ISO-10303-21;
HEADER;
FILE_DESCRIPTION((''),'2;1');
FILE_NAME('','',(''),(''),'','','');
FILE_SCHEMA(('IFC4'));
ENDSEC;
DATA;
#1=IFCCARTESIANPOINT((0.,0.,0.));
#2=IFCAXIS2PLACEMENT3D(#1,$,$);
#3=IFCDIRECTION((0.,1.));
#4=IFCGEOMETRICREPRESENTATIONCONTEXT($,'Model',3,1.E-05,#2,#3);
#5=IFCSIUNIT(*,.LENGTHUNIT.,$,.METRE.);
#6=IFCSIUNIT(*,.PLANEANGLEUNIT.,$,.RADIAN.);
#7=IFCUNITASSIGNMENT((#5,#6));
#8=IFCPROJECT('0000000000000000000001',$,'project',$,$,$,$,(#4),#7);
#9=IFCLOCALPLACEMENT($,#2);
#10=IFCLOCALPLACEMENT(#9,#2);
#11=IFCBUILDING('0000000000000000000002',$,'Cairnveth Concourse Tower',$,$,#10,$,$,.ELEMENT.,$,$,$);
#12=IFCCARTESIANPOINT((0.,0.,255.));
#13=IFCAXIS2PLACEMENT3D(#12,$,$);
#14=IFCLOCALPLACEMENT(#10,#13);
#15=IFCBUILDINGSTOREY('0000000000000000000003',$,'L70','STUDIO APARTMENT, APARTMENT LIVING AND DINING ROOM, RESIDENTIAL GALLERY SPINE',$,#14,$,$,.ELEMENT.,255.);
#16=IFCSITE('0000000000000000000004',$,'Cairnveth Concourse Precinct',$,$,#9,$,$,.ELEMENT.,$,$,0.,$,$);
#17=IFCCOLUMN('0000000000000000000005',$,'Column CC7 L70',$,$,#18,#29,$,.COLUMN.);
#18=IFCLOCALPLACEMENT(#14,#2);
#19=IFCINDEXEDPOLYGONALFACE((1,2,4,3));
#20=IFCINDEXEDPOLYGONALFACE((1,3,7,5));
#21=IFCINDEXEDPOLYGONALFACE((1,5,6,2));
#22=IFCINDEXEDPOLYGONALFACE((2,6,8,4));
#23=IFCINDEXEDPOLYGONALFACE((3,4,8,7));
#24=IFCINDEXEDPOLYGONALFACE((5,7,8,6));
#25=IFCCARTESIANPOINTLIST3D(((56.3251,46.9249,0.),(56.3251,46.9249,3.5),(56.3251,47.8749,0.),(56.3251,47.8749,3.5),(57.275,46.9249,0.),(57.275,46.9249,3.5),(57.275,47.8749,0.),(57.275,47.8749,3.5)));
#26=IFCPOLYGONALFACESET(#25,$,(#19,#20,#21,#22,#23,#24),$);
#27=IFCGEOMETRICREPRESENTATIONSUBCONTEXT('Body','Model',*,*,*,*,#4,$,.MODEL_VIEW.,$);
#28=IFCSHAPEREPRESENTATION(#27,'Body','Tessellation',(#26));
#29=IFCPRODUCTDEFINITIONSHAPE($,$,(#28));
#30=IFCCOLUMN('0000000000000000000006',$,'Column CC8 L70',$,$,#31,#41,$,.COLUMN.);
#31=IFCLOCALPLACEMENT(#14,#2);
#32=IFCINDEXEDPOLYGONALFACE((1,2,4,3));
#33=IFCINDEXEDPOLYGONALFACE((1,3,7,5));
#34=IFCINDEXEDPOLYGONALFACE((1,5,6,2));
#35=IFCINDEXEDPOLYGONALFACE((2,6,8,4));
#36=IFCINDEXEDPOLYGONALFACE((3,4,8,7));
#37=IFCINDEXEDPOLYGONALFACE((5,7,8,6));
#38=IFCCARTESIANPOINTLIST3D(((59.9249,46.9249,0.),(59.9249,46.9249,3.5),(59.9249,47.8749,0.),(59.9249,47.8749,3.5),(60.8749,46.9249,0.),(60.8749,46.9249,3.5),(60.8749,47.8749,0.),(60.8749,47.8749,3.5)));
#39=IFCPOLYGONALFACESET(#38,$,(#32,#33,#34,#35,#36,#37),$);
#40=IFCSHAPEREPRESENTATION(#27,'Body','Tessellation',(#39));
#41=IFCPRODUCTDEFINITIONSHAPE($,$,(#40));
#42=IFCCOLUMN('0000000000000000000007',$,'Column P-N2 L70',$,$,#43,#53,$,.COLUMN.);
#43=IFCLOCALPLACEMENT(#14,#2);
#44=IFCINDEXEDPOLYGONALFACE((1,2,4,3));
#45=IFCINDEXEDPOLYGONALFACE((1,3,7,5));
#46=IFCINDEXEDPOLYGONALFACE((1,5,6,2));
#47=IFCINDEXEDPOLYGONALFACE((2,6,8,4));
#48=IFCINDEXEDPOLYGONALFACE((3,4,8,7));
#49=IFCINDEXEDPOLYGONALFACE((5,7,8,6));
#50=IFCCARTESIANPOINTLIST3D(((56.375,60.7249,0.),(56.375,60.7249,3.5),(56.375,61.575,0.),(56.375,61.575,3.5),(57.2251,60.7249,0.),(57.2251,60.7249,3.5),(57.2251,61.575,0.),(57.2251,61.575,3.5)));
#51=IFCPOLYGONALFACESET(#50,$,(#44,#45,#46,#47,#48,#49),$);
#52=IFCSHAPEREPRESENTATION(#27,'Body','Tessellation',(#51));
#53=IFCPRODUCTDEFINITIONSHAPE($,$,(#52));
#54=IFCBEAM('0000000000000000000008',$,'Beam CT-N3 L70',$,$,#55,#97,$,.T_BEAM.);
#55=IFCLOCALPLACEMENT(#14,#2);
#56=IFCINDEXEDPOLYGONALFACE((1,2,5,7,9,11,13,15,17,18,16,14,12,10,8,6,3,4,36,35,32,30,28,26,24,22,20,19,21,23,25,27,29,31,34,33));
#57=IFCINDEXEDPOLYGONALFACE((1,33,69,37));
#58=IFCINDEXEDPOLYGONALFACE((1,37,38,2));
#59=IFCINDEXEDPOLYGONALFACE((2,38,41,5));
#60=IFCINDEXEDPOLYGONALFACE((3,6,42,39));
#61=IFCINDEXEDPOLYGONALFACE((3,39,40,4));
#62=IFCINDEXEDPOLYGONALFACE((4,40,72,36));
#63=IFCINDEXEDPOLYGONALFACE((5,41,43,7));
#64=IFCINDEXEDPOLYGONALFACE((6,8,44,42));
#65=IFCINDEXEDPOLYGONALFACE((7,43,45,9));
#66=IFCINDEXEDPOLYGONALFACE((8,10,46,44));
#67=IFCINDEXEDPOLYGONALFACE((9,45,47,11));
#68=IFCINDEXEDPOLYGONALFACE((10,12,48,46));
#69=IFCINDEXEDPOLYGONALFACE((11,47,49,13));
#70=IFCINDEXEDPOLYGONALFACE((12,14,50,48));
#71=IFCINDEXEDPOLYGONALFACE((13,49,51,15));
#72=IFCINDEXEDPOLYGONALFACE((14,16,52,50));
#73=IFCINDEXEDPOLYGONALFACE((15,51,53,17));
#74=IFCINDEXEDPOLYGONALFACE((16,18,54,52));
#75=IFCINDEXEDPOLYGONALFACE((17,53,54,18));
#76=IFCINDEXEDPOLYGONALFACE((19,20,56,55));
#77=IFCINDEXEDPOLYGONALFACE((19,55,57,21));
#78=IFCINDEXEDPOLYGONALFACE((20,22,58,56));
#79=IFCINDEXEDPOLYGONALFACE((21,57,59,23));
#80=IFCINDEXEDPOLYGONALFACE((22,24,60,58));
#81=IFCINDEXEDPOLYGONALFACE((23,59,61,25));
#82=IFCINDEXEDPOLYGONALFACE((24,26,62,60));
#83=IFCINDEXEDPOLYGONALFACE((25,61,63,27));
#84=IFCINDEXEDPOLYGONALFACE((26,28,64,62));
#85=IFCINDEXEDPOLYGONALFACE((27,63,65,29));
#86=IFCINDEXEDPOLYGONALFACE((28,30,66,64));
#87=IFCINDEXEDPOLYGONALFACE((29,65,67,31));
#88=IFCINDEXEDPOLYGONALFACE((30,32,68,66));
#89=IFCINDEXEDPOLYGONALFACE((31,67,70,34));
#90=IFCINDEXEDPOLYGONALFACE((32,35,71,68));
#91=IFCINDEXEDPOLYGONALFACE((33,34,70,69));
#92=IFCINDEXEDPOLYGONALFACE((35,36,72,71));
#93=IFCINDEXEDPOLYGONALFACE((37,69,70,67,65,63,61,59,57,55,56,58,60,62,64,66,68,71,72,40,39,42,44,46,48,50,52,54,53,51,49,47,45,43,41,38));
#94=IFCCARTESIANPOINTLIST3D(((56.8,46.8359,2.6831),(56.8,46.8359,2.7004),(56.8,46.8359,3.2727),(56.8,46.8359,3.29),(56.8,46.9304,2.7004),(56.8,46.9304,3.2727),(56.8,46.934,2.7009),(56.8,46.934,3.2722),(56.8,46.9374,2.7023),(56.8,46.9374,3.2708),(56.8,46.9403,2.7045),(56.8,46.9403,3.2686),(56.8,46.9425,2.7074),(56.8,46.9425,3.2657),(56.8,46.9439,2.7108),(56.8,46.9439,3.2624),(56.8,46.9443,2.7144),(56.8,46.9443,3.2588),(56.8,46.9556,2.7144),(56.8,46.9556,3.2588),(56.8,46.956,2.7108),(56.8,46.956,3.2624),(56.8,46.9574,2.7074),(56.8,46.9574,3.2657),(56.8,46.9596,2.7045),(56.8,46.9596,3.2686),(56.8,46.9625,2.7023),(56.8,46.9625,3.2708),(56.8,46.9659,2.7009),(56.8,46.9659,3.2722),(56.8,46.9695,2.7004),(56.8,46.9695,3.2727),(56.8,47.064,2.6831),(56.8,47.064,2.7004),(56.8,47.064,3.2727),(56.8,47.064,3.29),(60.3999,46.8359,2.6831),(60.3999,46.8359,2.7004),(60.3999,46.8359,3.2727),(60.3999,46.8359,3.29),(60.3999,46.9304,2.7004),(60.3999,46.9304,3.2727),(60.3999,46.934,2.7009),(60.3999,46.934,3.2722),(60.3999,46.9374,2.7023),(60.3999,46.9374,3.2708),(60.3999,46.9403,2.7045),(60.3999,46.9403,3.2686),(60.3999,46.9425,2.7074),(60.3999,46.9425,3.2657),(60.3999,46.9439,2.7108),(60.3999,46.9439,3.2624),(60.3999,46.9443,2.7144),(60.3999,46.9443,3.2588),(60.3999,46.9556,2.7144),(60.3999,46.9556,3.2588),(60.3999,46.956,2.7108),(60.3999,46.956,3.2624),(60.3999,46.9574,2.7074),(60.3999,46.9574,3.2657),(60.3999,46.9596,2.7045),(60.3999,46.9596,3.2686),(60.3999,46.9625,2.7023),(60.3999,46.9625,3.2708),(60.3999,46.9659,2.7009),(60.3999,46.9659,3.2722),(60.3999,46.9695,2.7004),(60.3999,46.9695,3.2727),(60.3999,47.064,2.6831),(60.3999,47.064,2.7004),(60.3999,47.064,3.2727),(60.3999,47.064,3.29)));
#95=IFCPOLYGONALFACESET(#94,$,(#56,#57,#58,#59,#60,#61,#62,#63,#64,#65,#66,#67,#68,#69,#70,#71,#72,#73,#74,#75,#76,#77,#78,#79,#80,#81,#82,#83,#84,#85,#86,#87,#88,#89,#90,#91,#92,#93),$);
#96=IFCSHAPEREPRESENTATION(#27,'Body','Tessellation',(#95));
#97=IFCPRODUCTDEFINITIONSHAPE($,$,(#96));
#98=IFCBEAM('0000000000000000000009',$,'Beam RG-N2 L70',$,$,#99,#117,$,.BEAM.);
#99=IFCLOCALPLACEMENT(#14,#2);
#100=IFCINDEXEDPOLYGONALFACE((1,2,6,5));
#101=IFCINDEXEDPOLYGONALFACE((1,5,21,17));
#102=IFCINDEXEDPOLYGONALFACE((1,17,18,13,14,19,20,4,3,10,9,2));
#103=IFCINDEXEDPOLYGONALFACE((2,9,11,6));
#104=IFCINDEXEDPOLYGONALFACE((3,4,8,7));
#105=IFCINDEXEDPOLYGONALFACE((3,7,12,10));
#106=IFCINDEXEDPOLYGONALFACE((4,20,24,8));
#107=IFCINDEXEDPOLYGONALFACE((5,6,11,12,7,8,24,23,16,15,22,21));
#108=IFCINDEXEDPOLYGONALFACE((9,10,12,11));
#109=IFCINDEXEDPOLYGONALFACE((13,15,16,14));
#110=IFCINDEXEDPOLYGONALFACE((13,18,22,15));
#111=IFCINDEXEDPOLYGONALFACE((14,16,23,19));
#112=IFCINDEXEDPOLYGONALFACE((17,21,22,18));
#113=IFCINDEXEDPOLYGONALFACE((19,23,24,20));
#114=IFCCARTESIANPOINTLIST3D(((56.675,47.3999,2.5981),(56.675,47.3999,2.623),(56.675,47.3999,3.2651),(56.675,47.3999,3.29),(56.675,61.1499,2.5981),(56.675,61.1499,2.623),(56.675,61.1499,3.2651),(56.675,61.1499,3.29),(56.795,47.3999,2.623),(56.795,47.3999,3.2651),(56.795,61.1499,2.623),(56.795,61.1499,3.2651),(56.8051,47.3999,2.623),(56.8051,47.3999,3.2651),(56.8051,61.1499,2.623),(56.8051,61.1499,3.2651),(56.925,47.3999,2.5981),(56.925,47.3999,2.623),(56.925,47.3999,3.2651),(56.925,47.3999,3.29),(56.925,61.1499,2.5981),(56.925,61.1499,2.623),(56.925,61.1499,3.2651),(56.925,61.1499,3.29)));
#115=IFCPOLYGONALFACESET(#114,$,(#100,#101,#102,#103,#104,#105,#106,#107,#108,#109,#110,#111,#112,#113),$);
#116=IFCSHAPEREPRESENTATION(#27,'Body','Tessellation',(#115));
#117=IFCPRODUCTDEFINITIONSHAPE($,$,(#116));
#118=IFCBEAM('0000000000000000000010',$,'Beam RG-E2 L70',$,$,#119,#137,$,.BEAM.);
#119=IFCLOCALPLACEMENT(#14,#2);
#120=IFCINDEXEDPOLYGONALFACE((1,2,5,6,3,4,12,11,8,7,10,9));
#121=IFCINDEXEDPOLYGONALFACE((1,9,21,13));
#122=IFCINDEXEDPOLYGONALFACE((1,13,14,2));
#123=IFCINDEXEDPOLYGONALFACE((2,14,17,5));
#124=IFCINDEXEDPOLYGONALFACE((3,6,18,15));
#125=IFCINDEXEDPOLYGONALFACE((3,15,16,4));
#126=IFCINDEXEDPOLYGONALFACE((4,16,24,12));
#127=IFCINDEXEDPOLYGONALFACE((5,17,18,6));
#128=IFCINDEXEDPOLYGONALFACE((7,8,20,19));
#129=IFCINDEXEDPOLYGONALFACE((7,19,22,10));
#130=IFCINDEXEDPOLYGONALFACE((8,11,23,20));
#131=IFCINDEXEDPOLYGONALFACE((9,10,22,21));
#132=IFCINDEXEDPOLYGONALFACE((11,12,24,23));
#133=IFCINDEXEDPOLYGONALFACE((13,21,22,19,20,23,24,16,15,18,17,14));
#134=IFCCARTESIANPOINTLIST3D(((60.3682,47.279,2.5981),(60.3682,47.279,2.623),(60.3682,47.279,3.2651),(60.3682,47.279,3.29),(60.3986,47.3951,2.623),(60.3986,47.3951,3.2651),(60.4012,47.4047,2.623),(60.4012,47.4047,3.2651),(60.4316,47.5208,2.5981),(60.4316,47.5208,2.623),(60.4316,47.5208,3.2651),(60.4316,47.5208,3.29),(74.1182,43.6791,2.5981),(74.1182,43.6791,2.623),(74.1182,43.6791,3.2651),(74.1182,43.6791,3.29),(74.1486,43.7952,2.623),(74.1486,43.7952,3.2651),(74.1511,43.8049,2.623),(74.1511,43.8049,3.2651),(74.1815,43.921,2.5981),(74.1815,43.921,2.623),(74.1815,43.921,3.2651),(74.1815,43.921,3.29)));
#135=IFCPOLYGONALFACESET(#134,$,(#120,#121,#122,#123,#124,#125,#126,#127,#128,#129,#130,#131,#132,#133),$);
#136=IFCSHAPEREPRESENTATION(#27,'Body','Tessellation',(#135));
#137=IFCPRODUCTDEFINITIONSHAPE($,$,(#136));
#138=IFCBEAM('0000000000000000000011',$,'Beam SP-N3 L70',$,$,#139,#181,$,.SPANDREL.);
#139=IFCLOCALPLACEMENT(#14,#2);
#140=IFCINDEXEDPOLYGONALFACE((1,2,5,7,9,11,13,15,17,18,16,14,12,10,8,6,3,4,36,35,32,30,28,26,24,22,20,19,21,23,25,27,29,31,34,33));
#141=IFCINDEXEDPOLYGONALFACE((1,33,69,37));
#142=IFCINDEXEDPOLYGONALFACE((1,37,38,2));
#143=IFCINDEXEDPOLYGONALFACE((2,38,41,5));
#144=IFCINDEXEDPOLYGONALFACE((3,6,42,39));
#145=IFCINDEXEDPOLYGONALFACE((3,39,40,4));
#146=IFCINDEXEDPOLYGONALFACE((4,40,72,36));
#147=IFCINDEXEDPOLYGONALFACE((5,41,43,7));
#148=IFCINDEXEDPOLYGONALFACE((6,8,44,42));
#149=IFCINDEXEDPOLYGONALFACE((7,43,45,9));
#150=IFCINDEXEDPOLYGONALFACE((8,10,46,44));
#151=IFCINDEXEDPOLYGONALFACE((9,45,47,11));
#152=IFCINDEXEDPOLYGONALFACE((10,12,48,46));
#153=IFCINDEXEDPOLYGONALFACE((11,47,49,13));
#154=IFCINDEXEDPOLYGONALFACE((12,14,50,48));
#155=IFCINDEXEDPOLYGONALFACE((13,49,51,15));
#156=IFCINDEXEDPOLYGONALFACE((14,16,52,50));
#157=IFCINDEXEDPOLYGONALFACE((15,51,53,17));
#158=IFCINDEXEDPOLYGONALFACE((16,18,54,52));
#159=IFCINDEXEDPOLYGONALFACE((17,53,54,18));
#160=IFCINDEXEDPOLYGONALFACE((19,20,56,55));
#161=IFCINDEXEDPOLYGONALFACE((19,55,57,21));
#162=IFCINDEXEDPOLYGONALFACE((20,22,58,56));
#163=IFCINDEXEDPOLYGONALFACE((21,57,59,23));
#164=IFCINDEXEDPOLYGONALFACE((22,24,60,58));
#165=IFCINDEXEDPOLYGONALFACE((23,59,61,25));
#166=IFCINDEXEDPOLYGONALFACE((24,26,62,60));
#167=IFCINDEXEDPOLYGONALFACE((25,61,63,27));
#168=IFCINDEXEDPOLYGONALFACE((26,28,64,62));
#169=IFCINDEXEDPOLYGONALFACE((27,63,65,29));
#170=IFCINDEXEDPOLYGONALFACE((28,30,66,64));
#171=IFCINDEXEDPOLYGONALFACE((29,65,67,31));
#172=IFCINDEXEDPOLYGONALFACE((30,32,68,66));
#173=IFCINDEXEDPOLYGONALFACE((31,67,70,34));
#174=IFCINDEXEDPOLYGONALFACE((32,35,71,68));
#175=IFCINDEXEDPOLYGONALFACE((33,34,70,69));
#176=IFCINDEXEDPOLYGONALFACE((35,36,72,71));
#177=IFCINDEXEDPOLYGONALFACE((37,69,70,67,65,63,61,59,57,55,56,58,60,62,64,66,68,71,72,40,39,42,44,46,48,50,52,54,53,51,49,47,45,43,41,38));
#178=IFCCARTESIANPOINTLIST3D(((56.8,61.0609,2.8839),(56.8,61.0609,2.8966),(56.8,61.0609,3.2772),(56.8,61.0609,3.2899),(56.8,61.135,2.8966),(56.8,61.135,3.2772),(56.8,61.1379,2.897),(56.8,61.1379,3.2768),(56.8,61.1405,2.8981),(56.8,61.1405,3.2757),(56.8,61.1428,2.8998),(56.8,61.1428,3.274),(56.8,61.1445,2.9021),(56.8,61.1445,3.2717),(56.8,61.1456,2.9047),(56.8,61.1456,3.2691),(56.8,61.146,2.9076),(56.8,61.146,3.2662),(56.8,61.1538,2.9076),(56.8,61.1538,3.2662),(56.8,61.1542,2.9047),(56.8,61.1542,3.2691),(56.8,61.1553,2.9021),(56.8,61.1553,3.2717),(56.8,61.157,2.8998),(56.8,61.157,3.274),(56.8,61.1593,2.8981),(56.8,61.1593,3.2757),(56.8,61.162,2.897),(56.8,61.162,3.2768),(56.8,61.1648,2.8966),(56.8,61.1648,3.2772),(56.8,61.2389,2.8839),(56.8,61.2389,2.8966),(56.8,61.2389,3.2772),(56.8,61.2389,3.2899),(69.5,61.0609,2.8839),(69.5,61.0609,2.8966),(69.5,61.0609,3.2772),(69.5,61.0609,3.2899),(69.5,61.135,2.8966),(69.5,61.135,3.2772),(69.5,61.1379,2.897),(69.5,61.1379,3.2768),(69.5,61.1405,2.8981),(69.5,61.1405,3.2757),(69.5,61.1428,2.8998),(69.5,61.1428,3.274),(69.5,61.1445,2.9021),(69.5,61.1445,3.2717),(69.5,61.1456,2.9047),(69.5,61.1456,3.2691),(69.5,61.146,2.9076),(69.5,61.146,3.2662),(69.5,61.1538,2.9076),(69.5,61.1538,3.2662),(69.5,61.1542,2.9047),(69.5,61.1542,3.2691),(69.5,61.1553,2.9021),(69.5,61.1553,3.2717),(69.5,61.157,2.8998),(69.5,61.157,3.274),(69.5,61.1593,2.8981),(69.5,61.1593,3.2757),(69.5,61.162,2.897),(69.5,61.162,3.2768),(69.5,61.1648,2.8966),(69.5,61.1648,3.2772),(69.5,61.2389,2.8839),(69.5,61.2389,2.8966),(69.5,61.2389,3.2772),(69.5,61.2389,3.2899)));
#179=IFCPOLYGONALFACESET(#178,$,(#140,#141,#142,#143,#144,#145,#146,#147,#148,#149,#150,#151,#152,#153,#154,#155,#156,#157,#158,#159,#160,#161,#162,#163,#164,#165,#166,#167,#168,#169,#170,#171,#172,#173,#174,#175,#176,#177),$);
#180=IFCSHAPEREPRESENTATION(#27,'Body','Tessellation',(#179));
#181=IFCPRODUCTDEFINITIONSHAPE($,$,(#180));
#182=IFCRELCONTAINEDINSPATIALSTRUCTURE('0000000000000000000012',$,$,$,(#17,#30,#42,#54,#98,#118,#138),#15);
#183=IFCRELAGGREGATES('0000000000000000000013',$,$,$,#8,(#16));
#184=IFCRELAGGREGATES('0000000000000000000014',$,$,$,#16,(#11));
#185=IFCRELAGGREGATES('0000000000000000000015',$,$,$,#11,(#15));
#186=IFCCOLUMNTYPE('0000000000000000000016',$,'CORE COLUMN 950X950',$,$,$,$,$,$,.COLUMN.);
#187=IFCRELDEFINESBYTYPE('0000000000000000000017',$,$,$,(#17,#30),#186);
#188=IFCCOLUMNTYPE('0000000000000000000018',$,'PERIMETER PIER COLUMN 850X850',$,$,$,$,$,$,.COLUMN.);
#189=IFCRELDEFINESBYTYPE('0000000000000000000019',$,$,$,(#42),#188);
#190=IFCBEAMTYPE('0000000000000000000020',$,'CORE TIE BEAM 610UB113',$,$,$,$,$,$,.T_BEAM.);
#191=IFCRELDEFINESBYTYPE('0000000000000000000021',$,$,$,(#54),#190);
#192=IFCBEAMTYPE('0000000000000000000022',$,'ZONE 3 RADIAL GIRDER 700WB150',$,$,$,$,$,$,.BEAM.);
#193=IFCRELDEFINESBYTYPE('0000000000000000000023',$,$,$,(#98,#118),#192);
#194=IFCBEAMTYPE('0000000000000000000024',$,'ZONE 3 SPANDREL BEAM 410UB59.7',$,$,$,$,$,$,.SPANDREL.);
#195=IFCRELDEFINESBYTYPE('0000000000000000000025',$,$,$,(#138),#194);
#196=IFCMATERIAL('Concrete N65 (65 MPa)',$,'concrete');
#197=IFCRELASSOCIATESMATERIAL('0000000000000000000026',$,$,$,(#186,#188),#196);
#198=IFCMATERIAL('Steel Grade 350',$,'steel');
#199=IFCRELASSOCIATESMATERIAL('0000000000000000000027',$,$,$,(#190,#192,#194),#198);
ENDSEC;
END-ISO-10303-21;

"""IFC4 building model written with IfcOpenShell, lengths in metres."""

from ifc_helpers import new_model, si_unit, direction, frame, origin, origin_2d, place, context, subcontext, project, spatial, rectangle, i_section, extrude, material, material_profile, profile_set, type_object, element, save


model = new_model("IFC4")

# Units and contexts
model_context = context("Model", 3, precision=1e-05, world=origin(), true_north=direction((0.0, 1.0)))
body_context = subcontext(model_context, "Body", "Model", "MODEL_VIEW")
ifc_project = project(units=[si_unit("LENGTHUNIT", "METRE"), si_unit("PLANEANGLEUNIT", "RADIAN")], contexts=[model_context])

# Site, building, storey
site_placement = place(None, origin())
site = spatial("IfcSite", under=ifc_project, at=site_placement, Name="Cairnveth Concourse Precinct", CompositionType="ELEMENT", RefElevation=0.0)
building_placement = place(site_placement, origin())
building = spatial("IfcBuilding", under=site, at=building_placement, Name="Cairnveth Concourse Tower", CompositionType="ELEMENT")
storey_placement = place(building_placement, frame((0.0, 0.0, 255.0)))
storey = spatial("IfcBuildingStorey", under=building, at=storey_placement, Name="L70", Description="STUDIO APARTMENT, APARTMENT LIVING AND DINING ROOM, RESIDENTIAL GALLERY SPINE", CompositionType="ELEMENT", Elevation=255.0)

# Columns
ifc_material_1 = material(Name="Concrete N65 (65 MPa)", Category="concrete")
ifc_material_profile_1 = material_profile(ifc_material_1, rectangle(XDim=0.95, YDim=0.95, at=origin_2d()), Name="RC-COL-950x950")
ifc_profile_set_1 = profile_set([ifc_material_profile_1], Name="Concrete N65 (65 MPa)")
column_type_1 = type_object("IfcColumnType", Name="CORE COLUMN 950X950", PredefinedType="COLUMN", material=ifc_profile_set_1)
for number, where, z_axis, x_axis, name in (
    (1, (56.8, 47.3999, 0.0), (0.0, 0.0, 1.0), (1.0, 0.0, 0.0), "Column CC7 L70"),
    (2, (60.3999, 47.3999, 0.0), (0.0, 0.0, 1.0), (1.0, 0.0, 0.0), "Column CC8 L70"),
):
    element("IfcColumn", number, at=place(storey_placement, frame(where, z_axis=z_axis, x_axis=x_axis)), inside=storey, type_object=column_type_1, Name=name, PredefinedType="COLUMN", context=body_context, shape_type="SweptSolid", body=[
        extrude(rectangle(XDim=0.95, YDim=0.95, at=origin_2d()), origin(), (0.0, 0.0, 1.0), 3.5),
    ])
ifc_material_profile_2 = material_profile(ifc_material_1, rectangle(XDim=0.8501, YDim=0.8501, at=origin_2d()), Name="RC-COL-850x850")
ifc_profile_set_2 = profile_set([ifc_material_profile_2], Name="Concrete N65 (65 MPa)")
column_type_2 = type_object("IfcColumnType", Name="PERIMETER PIER COLUMN 850X850", PredefinedType="COLUMN", material=ifc_profile_set_2)
column_placement = place(storey_placement, frame((56.8, 61.1499, 0.0), z_axis=(0.0, 0.0, 1.0), x_axis=(1.0, 0.0, 0.0)))
element("IfcColumn", 3, at=column_placement, inside=storey, type_object=column_type_2, Name="Column P-N2 L70", PredefinedType="COLUMN", context=body_context, shape_type="SweptSolid", body=[
    extrude(rectangle(XDim=0.8501, YDim=0.8501, at=origin_2d()), origin(), (0.0, 0.0, 1.0), 3.5),
])

# Beams
ifc_material_2 = material(Name="Steel Grade 350", Category="steel")
ifc_material_profile_3 = material_profile(ifc_material_2, i_section(OverallWidth=0.228, OverallDepth=0.6069, WebThickness=0.0112, FlangeThickness=0.0173, FilletRadius=0.0139, at=origin_2d()), Name="610UB113")
ifc_profile_set_3 = profile_set([ifc_material_profile_3], Name="Steel Grade 350")
beam_type_1 = type_object("IfcBeamType", Name="CORE TIE BEAM 610UB113", PredefinedType="T_BEAM", material=ifc_profile_set_3)
beam_1_placement = place(storey_placement, frame((56.8, 46.95, 2.9866), z_axis=(1.0, 0.0, 0.0), x_axis=(0.0, 1.0, 0.0)))
element("IfcBeam", 4, at=beam_1_placement, inside=storey, type_object=beam_type_1, Name="Beam CT-N3 L70", PredefinedType="T_BEAM", context=body_context, shape_type="SweptSolid", body=[
    extrude(i_section(OverallWidth=0.228, OverallDepth=0.6069, WebThickness=0.0112, FlangeThickness=0.0173, FilletRadius=0.0139, at=origin_2d()), origin(), (0.0, 0.0, 1.0), 3.5999),
])
ifc_material_profile_4 = material_profile(ifc_material_2, i_section(OverallWidth=0.25, OverallDepth=0.6919, WebThickness=0.01, FlangeThickness=0.0249, at=origin_2d()), Name="700WB150")
ifc_profile_set_4 = profile_set([ifc_material_profile_4], Name="Steel Grade 350")
beam_type_2 = type_object("IfcBeamType", Name="ZONE 3 RADIAL GIRDER 700WB150", PredefinedType="BEAM", material=ifc_profile_set_4)
beam_2_placement = place(storey_placement, frame((56.8, 47.3999, 2.9441), z_axis=(0.0, 1.0, 0.0), x_axis=(-1.0, 0.0, 0.0)))
element("IfcBeam", 5, at=beam_2_placement, inside=storey, type_object=beam_type_2, Name="Beam RG-N2 L70", PredefinedType="BEAM", context=body_context, shape_type="SweptSolid", body=[
    extrude(i_section(OverallWidth=0.25, OverallDepth=0.6919, WebThickness=0.01, FlangeThickness=0.0249, at=origin_2d()), origin(), (0.0, 0.0, 1.0), 13.75),
])
beam_3_placement = place(storey_placement, frame((60.3999, 47.3999, 2.9441), z_axis=(0.967395, -0.253271, 0.0), x_axis=(0.253271, 0.967395, 0.0)))
element("IfcBeam", 6, at=beam_3_placement, inside=storey, type_object=beam_type_2, Name="Beam RG-E2 L70", PredefinedType="BEAM", context=body_context, shape_type="SweptSolid", body=[
    extrude(i_section(OverallWidth=0.25, OverallDepth=0.6919, WebThickness=0.01, FlangeThickness=0.0249, at=origin_2d()), origin(), (0.0, 0.0, 1.0), 14.2134),
])
ifc_material_profile_5 = material_profile(ifc_material_2, i_section(OverallWidth=0.178, OverallDepth=0.406, WebThickness=0.0078, FlangeThickness=0.0127, FilletRadius=0.011, at=origin_2d()), Name="410UB59.7")
ifc_profile_set_5 = profile_set([ifc_material_profile_5], Name="Steel Grade 350")
beam_type_3 = type_object("IfcBeamType", Name="ZONE 3 SPANDREL BEAM 410UB59.7", PredefinedType="SPANDREL", material=ifc_profile_set_5)
beam_4_placement = place(storey_placement, frame((56.8, 61.1499, 3.0869), z_axis=(1.0, 0.0, 0.0), x_axis=(0.0, 1.0, 0.0)))
element("IfcBeam", 7, at=beam_4_placement, inside=storey, type_object=beam_type_3, Name="Beam SP-N3 L70", PredefinedType="SPANDREL", context=body_context, shape_type="SweptSolid", body=[
    extrude(i_section(OverallWidth=0.178, OverallDepth=0.406, WebThickness=0.0078, FlangeThickness=0.0127, FilletRadius=0.011, at=origin_2d()), origin(), (0.0, 0.0, 1.0), 12.7),
])

save(model, "model.ifc")
